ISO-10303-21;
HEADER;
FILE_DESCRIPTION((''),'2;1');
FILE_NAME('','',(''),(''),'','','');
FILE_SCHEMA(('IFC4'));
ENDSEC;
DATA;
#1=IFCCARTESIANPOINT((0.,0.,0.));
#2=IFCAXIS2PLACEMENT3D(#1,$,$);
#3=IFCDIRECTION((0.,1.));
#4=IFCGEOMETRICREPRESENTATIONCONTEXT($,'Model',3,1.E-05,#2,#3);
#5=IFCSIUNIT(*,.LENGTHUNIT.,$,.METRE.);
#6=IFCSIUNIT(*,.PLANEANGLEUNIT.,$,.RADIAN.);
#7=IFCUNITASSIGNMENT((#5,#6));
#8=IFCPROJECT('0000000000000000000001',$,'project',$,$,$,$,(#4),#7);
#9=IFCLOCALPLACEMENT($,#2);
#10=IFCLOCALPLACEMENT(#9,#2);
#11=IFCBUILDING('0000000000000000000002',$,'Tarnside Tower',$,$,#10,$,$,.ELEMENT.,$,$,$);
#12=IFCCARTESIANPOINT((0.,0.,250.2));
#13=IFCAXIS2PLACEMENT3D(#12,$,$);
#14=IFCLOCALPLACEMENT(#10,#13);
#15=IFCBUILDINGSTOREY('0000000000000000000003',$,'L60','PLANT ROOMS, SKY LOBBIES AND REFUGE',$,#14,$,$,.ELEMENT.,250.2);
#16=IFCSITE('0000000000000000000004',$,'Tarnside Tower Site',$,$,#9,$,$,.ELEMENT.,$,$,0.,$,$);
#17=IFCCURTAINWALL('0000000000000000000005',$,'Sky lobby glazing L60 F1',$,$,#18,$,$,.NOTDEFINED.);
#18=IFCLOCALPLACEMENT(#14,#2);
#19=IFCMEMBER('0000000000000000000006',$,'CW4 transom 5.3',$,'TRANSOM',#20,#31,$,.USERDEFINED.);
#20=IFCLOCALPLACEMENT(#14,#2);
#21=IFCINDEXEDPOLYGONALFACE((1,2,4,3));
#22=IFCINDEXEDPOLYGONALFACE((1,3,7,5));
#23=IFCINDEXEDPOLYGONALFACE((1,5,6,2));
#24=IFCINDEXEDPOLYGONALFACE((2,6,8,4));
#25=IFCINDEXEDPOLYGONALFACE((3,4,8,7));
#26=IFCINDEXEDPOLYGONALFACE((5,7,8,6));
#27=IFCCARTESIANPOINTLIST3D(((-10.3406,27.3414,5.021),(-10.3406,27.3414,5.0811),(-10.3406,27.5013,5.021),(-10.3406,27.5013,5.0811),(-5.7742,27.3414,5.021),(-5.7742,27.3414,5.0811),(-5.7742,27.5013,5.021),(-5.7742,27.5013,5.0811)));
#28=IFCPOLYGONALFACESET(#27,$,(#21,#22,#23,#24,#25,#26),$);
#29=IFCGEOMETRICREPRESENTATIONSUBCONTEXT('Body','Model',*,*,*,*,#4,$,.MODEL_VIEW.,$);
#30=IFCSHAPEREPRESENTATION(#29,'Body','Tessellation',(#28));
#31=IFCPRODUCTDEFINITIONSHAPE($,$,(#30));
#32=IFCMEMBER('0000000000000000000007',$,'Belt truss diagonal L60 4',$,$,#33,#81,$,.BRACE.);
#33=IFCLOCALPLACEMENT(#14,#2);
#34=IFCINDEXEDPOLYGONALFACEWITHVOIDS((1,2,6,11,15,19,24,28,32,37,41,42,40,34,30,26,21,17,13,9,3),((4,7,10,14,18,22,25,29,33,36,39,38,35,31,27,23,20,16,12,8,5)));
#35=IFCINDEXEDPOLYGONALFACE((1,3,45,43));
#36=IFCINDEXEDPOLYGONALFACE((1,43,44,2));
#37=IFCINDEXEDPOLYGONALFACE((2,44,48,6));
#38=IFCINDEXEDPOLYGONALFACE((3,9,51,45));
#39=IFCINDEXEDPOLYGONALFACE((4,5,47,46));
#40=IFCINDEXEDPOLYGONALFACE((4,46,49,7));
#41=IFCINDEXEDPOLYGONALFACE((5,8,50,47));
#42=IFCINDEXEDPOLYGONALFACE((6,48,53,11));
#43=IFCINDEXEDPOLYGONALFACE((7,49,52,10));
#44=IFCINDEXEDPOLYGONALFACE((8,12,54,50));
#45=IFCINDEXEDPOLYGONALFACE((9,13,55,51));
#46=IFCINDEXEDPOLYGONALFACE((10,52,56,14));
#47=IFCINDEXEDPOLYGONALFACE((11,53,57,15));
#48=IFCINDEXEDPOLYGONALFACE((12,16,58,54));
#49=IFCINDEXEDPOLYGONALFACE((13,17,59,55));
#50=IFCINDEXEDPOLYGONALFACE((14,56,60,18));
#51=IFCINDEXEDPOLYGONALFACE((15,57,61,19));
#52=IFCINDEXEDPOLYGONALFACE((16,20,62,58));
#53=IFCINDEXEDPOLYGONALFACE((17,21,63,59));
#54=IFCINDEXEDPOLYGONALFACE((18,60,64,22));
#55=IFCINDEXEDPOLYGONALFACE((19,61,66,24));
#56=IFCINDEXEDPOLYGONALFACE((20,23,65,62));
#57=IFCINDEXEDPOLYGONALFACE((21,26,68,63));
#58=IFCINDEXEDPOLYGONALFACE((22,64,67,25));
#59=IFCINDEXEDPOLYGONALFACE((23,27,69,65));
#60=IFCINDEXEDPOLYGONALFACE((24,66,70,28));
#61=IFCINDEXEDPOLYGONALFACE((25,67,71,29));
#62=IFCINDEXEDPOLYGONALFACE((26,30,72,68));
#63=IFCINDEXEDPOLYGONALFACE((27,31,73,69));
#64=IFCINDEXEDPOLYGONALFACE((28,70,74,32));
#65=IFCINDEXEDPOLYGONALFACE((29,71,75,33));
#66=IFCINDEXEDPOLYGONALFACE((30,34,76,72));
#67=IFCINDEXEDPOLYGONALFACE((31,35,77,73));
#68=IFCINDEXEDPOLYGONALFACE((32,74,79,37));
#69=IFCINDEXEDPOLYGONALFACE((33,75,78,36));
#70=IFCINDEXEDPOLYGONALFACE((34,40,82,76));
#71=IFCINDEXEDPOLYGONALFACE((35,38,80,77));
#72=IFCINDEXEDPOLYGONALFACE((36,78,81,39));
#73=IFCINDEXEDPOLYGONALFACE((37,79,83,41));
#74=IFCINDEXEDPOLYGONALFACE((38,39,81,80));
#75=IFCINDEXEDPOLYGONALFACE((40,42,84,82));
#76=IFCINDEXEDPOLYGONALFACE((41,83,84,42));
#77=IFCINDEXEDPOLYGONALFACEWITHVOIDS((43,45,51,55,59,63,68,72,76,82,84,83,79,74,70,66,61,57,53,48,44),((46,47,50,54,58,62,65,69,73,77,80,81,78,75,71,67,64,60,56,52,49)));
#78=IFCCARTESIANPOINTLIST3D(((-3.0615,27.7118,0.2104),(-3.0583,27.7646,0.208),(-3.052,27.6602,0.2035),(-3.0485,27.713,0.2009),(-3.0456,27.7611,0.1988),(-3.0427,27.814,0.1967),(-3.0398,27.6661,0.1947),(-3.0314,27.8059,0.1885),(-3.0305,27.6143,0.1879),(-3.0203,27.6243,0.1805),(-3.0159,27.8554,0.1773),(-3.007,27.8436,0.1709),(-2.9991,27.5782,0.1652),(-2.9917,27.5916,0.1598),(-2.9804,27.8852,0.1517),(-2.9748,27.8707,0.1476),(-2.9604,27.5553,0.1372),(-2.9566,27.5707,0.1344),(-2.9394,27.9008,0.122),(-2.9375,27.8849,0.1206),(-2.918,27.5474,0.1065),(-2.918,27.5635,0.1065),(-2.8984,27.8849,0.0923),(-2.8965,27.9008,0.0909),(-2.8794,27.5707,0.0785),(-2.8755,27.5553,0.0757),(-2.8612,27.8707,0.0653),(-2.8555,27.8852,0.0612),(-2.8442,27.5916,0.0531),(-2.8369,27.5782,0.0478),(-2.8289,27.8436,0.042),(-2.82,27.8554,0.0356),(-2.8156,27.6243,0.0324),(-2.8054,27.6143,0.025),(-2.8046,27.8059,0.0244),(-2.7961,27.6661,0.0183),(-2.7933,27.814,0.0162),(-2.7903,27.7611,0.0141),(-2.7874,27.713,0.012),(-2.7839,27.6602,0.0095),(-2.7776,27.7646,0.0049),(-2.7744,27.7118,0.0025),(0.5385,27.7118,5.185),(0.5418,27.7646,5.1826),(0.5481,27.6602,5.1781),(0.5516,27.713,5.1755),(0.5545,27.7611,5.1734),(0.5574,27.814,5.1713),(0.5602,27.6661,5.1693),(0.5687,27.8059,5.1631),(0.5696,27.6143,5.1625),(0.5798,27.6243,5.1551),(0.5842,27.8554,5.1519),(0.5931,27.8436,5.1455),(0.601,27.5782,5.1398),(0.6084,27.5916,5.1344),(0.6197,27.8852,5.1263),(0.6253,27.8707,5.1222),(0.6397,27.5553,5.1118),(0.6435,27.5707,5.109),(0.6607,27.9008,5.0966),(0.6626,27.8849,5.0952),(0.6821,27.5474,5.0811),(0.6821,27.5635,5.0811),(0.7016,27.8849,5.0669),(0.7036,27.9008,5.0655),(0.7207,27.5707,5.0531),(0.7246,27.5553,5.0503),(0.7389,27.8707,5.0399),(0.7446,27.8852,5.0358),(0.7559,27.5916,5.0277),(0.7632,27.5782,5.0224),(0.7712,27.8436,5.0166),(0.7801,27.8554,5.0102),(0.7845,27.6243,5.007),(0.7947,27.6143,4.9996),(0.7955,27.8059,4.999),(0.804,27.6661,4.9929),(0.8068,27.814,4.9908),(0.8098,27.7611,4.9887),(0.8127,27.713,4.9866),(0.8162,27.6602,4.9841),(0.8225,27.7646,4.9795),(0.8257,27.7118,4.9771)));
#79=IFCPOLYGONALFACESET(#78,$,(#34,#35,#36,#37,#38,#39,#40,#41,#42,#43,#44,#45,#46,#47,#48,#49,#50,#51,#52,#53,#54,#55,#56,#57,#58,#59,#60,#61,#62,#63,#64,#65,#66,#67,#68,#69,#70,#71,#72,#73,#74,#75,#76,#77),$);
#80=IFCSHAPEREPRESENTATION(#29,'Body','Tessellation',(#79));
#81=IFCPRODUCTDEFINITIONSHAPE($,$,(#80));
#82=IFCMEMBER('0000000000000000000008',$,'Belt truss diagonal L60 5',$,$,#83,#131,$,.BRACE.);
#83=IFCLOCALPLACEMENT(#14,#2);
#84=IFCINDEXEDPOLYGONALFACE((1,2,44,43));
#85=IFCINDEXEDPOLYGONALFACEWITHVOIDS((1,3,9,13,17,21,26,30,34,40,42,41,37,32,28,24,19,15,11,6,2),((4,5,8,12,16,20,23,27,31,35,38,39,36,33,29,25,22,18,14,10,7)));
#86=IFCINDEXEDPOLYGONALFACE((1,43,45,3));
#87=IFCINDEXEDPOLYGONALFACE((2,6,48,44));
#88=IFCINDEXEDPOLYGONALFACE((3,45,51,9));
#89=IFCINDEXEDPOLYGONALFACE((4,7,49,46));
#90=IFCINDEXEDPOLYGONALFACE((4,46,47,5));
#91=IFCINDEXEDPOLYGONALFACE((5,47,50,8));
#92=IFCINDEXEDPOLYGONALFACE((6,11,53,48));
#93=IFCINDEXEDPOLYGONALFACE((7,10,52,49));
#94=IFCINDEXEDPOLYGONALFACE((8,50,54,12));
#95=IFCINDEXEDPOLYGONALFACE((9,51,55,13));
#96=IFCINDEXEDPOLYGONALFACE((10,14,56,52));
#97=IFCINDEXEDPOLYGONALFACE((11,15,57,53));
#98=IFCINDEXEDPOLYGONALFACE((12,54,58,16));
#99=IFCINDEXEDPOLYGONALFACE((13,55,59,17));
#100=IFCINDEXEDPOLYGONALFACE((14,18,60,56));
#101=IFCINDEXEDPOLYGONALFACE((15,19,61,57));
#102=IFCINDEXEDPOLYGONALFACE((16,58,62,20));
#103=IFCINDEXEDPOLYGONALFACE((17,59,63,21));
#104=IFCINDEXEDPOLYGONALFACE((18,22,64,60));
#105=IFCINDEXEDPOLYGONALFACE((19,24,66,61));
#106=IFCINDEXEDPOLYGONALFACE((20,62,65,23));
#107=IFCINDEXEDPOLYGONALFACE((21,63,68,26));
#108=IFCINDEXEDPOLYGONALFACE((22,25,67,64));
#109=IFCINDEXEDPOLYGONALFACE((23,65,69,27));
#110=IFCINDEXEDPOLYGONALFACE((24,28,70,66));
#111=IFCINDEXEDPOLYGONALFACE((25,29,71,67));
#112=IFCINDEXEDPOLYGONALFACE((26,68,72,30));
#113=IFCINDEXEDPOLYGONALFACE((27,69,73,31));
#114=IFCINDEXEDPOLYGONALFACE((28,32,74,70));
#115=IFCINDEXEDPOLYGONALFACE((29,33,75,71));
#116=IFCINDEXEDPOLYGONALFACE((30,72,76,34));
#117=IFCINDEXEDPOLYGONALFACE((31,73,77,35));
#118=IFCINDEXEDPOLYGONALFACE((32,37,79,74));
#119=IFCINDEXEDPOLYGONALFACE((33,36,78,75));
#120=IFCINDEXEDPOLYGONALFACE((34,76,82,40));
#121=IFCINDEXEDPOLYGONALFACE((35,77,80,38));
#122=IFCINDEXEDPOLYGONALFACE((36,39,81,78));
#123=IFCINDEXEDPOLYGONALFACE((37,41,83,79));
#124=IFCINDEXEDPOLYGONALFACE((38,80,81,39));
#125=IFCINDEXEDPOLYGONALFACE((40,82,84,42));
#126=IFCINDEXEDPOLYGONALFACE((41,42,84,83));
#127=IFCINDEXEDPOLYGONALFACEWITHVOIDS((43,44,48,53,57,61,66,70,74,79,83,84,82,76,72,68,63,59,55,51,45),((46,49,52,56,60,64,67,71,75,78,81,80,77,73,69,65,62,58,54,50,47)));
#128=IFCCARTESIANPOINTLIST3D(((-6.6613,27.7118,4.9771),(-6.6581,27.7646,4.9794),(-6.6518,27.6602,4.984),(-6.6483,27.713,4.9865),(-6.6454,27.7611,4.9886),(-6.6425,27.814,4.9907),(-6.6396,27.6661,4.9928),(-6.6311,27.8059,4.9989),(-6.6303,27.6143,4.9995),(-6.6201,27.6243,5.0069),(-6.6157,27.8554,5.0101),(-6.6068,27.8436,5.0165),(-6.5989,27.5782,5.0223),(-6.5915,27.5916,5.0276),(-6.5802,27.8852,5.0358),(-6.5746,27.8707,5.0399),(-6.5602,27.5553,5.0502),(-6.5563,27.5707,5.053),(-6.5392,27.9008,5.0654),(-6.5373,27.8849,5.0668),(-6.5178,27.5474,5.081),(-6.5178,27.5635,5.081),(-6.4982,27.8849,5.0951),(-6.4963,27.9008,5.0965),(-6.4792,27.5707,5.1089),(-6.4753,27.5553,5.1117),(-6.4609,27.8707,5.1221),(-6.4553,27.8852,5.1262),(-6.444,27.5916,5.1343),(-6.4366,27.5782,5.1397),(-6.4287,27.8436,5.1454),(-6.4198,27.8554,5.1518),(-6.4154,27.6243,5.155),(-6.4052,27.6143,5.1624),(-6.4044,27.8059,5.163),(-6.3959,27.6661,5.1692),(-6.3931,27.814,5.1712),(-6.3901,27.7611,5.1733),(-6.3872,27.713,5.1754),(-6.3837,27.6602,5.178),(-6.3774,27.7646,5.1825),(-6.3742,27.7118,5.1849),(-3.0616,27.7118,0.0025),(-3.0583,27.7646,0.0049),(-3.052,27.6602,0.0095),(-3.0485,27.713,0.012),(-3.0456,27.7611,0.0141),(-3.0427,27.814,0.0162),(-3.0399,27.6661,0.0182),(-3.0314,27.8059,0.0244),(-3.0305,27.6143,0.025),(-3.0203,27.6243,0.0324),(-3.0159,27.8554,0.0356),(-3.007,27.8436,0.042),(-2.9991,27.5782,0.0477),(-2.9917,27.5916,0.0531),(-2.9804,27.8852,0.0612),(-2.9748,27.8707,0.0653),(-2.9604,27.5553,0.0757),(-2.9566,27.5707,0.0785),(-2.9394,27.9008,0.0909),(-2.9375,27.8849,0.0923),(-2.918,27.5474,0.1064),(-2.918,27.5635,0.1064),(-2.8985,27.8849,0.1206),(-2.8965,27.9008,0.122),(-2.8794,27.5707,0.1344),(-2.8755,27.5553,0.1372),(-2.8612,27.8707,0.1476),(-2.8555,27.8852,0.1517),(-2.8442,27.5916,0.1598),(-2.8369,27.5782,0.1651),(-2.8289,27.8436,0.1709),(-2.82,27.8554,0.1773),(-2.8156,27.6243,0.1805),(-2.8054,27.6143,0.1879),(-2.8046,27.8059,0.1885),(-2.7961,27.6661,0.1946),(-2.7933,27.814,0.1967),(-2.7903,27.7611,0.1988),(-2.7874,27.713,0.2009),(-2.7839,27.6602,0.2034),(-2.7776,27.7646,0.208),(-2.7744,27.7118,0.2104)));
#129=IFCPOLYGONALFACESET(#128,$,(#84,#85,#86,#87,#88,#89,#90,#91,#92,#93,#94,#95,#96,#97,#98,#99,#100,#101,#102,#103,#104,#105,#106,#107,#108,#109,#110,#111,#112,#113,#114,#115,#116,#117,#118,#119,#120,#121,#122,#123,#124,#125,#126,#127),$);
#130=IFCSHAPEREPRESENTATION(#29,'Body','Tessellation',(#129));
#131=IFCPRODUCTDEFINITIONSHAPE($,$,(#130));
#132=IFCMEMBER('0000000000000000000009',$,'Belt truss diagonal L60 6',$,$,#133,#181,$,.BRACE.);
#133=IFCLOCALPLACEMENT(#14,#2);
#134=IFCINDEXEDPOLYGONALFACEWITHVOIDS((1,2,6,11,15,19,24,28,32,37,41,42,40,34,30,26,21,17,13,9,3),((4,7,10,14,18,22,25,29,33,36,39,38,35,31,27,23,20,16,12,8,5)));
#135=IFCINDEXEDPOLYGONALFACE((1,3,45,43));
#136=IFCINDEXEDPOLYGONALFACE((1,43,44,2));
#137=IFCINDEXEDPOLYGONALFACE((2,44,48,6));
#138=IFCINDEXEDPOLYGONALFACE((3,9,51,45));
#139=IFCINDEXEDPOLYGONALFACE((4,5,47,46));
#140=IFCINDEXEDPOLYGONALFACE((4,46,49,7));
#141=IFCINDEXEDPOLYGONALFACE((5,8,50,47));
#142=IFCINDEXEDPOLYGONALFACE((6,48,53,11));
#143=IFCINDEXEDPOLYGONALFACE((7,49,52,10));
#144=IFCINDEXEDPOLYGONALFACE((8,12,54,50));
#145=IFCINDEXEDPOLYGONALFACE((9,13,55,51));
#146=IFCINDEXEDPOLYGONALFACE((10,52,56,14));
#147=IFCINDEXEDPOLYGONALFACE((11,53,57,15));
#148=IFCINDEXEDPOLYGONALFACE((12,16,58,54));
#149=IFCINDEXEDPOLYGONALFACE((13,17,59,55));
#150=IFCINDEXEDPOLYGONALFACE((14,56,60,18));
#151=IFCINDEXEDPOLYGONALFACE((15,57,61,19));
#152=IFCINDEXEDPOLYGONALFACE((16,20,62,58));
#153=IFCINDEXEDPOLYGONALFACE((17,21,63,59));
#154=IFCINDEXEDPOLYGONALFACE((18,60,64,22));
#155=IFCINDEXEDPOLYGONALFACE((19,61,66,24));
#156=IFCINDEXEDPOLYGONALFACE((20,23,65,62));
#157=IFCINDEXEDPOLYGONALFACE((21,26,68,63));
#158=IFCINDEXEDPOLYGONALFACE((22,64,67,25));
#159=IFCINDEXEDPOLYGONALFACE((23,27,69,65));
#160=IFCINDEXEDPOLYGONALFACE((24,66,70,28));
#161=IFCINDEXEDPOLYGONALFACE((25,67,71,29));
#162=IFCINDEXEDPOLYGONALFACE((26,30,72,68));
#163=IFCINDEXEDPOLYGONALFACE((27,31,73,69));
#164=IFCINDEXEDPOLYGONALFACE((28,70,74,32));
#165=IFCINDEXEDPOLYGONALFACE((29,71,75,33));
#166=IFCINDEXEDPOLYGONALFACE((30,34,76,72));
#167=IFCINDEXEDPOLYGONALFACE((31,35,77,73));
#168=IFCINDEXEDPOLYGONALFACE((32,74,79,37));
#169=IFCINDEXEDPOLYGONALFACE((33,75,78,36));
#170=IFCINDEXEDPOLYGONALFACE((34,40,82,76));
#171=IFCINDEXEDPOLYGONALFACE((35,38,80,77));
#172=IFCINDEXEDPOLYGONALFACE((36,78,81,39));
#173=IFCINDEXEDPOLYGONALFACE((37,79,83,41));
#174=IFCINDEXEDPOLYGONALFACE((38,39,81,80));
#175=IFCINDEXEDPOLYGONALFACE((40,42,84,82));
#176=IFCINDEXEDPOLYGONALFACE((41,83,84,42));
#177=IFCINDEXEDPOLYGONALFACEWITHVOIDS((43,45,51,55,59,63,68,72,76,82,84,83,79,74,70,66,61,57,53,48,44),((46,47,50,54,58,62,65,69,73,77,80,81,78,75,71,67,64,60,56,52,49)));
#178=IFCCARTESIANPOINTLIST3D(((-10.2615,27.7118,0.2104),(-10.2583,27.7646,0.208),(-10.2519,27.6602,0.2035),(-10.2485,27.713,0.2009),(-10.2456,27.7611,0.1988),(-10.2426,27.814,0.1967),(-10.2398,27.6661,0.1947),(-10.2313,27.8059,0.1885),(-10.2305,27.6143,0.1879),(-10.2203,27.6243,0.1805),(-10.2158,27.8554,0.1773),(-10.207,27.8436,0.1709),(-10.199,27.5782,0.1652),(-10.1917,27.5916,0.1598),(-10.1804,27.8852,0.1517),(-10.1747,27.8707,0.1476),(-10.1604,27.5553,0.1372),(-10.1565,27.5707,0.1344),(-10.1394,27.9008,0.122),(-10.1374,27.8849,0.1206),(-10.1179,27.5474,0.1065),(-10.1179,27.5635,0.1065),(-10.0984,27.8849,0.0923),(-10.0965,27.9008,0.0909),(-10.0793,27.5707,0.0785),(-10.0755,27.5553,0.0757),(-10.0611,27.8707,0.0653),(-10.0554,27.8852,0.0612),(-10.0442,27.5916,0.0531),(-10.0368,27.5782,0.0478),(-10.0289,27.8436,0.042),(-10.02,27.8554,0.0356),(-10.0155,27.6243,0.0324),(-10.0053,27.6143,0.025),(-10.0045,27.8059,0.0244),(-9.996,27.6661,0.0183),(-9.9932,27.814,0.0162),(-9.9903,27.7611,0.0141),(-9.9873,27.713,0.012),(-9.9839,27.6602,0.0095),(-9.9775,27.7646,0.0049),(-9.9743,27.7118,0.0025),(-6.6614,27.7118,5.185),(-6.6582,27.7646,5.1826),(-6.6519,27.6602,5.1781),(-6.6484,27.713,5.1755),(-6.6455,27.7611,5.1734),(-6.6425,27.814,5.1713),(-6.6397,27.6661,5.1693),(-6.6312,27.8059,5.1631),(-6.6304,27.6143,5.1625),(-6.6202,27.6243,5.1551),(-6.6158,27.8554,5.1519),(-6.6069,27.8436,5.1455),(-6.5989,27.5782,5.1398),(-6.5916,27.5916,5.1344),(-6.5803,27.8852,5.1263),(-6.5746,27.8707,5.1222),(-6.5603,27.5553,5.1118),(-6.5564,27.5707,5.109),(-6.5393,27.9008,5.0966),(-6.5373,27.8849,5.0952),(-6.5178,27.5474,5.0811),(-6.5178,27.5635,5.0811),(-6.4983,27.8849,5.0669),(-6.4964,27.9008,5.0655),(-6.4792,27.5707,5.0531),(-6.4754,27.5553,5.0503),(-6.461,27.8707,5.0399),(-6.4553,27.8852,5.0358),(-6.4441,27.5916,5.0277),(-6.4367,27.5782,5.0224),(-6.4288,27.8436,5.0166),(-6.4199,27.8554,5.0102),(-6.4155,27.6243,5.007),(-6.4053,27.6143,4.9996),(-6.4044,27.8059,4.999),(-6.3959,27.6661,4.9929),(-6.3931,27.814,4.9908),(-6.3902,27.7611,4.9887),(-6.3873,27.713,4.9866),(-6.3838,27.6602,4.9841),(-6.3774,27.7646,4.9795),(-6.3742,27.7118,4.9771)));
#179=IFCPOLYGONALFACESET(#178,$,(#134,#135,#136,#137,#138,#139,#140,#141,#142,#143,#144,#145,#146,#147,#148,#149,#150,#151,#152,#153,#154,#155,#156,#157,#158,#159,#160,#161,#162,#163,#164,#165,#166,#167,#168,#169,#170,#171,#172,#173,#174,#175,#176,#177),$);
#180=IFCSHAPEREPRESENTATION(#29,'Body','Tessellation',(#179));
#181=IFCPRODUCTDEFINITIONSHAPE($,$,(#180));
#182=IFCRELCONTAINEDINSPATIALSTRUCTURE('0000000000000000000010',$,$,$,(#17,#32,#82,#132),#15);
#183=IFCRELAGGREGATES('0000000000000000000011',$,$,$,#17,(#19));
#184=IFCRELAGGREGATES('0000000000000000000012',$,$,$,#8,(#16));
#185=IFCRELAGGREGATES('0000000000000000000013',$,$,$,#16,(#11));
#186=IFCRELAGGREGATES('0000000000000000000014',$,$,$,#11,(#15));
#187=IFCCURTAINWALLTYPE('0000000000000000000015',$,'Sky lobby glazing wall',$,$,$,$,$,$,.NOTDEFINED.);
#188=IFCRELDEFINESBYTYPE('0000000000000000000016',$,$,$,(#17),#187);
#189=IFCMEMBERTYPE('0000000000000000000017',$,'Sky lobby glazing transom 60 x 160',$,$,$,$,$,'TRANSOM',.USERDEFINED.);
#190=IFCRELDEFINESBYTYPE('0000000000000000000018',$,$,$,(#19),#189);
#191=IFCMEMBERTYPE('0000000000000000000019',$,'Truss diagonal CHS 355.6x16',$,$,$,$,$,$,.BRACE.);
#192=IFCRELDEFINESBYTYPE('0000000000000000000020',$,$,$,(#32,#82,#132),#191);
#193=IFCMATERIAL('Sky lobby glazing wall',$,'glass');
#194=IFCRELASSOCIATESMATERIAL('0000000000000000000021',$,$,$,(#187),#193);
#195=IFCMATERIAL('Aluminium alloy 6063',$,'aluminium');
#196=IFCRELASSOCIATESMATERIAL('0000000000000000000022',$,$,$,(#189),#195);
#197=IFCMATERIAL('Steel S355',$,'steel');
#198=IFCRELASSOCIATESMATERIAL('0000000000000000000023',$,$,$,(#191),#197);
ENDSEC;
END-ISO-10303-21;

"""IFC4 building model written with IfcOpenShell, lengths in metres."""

from ifc_helpers import new_model, si_unit, direction, frame, origin, origin_2d, place, context, subcontext, project, spatial, rectangle, hollow_circle, extrude, material, material_profile, profile_set, type_object, element, aggregate, save


model = new_model("IFC4")

# Units and contexts
model_context = context("Model", 3, precision=1e-05, world=origin(), true_north=direction((0.0, 1.0)))
body_context = subcontext(model_context, "Body", "Model", "MODEL_VIEW")
ifc_project = project(units=[si_unit("LENGTHUNIT", "METRE"), si_unit("PLANEANGLEUNIT", "RADIAN")], contexts=[model_context])

# Site, building, storey
site_placement = place(None, origin())
site = spatial("IfcSite", under=ifc_project, at=site_placement, Name="Tarnside Tower Site", CompositionType="ELEMENT", RefElevation=0.0)
building_placement = place(site_placement, origin())
building = spatial("IfcBuilding", under=site, at=building_placement, Name="Tarnside Tower", CompositionType="ELEMENT")
storey_placement = place(building_placement, frame((0.0, 0.0, 250.2)))
storey = spatial("IfcBuildingStorey", under=building, at=storey_placement, Name="L60", Description="PLANT ROOMS, SKY LOBBIES AND REFUGE", CompositionType="ELEMENT", Elevation=250.2)

# Shared definitions
ifc_material_1 = material(Name="Steel S355", Category="steel")

# Curtain wall, member
ifc_material_2 = material(Name="Sky lobby glazing wall", Category="glass")
curtain_wall_type = type_object("IfcCurtainWallType", Name="Sky lobby glazing wall", PredefinedType="NOTDEFINED", material=ifc_material_2)
curtain_wall_placement = place(storey_placement, origin())
curtain_wall = element("IfcCurtainWall", 1, at=curtain_wall_placement, inside=storey, type_object=curtain_wall_type, Name="Sky lobby glazing L60 F1", PredefinedType="NOTDEFINED")
ifc_material_3 = material(Name="Aluminium alloy 6063", Category="aluminium")
ifc_material_profile_1 = material_profile(ifc_material_3, rectangle(XDim=0.1599, YDim=0.0601, at=origin_2d()), Name="Sky lobby glazing transom 60 x 160")
ifc_profile_set_1 = profile_set([ifc_material_profile_1], Name="Aluminium alloy 6063")
member_type_1 = type_object("IfcMemberType", Name="Sky lobby glazing transom 60 x 160", ElementType="TRANSOM", PredefinedType="USERDEFINED", material=ifc_profile_set_1)
member_1_placement = place(storey_placement, frame((-5.7742, 27.4214, 5.051), z_axis=(-1.0, 0.0, 0.0), x_axis=(0.0, -1.0, 0.0)))
member_1 = element("IfcMember", 2, at=member_1_placement, type_object=member_type_1, Name="CW4 transom 5.3", ObjectType="TRANSOM", PredefinedType="USERDEFINED", context=body_context, shape_type="SweptSolid", body=[
    extrude(rectangle(XDim=0.1599, YDim=0.0601, at=origin_2d()), origin(), (0.0, 0.0, 1.0), 4.5664),
])

# Members
ifc_material_profile_2 = material_profile(ifc_material_1, hollow_circle(Radius=0.1777, WallThickness=0.0161, at=origin_2d()), Name="CHS 355.6x16")
ifc_profile_set_2 = profile_set([ifc_material_profile_2], Name="Steel S355")
member_type_2 = type_object("IfcMemberType", Name="Truss diagonal CHS 355.6x16", PredefinedType="BRACE", material=ifc_profile_set_2)
member_2_placement = place(storey_placement, frame((0.6821, 27.7251, 5.0811), z_axis=(-0.586274, 0.0, -0.810113), x_axis=(0.0, -1.0, 0.0)))
element("IfcMember", 3, at=member_2_placement, inside=storey, type_object=member_type_2, Name="Belt truss diagonal L60 4", PredefinedType="BRACE", context=body_context, shape_type="SweptSolid", body=[
    extrude(hollow_circle(Radius=0.1777, WallThickness=0.0161, at=origin_2d()), origin(), (0.0, 0.0, 1.0), 6.1406),
])
member_3_placement = place(storey_placement, frame((-2.918, 27.7251, 0.1064), z_axis=(-0.586248, 0.0, 0.810132), x_axis=(0.0, -1.0, 0.0)))
element("IfcMember", 4, at=member_3_placement, inside=storey, type_object=member_type_2, Name="Belt truss diagonal L60 5", PredefinedType="BRACE", context=body_context, shape_type="SweptSolid", body=[
    extrude(hollow_circle(Radius=0.1777, WallThickness=0.0161, at=origin_2d()), origin(), (0.0, 0.0, 1.0), 6.1404),
])
member_4_placement = place(storey_placement, frame((-6.5178, 27.7251, 5.0811), z_axis=(-0.586274, 0.0, -0.810113), x_axis=(0.0, -1.0, 0.0)))
element("IfcMember", 5, at=member_4_placement, inside=storey, type_object=member_type_2, Name="Belt truss diagonal L60 6", PredefinedType="BRACE", context=body_context, shape_type="SweptSolid", body=[
    extrude(hollow_circle(Radius=0.1777, WallThickness=0.0161, at=origin_2d()), origin(), (0.0, 0.0, 1.0), 6.1406),
])

aggregate(curtain_wall, [member_1])

save(model, "model.ifc")
